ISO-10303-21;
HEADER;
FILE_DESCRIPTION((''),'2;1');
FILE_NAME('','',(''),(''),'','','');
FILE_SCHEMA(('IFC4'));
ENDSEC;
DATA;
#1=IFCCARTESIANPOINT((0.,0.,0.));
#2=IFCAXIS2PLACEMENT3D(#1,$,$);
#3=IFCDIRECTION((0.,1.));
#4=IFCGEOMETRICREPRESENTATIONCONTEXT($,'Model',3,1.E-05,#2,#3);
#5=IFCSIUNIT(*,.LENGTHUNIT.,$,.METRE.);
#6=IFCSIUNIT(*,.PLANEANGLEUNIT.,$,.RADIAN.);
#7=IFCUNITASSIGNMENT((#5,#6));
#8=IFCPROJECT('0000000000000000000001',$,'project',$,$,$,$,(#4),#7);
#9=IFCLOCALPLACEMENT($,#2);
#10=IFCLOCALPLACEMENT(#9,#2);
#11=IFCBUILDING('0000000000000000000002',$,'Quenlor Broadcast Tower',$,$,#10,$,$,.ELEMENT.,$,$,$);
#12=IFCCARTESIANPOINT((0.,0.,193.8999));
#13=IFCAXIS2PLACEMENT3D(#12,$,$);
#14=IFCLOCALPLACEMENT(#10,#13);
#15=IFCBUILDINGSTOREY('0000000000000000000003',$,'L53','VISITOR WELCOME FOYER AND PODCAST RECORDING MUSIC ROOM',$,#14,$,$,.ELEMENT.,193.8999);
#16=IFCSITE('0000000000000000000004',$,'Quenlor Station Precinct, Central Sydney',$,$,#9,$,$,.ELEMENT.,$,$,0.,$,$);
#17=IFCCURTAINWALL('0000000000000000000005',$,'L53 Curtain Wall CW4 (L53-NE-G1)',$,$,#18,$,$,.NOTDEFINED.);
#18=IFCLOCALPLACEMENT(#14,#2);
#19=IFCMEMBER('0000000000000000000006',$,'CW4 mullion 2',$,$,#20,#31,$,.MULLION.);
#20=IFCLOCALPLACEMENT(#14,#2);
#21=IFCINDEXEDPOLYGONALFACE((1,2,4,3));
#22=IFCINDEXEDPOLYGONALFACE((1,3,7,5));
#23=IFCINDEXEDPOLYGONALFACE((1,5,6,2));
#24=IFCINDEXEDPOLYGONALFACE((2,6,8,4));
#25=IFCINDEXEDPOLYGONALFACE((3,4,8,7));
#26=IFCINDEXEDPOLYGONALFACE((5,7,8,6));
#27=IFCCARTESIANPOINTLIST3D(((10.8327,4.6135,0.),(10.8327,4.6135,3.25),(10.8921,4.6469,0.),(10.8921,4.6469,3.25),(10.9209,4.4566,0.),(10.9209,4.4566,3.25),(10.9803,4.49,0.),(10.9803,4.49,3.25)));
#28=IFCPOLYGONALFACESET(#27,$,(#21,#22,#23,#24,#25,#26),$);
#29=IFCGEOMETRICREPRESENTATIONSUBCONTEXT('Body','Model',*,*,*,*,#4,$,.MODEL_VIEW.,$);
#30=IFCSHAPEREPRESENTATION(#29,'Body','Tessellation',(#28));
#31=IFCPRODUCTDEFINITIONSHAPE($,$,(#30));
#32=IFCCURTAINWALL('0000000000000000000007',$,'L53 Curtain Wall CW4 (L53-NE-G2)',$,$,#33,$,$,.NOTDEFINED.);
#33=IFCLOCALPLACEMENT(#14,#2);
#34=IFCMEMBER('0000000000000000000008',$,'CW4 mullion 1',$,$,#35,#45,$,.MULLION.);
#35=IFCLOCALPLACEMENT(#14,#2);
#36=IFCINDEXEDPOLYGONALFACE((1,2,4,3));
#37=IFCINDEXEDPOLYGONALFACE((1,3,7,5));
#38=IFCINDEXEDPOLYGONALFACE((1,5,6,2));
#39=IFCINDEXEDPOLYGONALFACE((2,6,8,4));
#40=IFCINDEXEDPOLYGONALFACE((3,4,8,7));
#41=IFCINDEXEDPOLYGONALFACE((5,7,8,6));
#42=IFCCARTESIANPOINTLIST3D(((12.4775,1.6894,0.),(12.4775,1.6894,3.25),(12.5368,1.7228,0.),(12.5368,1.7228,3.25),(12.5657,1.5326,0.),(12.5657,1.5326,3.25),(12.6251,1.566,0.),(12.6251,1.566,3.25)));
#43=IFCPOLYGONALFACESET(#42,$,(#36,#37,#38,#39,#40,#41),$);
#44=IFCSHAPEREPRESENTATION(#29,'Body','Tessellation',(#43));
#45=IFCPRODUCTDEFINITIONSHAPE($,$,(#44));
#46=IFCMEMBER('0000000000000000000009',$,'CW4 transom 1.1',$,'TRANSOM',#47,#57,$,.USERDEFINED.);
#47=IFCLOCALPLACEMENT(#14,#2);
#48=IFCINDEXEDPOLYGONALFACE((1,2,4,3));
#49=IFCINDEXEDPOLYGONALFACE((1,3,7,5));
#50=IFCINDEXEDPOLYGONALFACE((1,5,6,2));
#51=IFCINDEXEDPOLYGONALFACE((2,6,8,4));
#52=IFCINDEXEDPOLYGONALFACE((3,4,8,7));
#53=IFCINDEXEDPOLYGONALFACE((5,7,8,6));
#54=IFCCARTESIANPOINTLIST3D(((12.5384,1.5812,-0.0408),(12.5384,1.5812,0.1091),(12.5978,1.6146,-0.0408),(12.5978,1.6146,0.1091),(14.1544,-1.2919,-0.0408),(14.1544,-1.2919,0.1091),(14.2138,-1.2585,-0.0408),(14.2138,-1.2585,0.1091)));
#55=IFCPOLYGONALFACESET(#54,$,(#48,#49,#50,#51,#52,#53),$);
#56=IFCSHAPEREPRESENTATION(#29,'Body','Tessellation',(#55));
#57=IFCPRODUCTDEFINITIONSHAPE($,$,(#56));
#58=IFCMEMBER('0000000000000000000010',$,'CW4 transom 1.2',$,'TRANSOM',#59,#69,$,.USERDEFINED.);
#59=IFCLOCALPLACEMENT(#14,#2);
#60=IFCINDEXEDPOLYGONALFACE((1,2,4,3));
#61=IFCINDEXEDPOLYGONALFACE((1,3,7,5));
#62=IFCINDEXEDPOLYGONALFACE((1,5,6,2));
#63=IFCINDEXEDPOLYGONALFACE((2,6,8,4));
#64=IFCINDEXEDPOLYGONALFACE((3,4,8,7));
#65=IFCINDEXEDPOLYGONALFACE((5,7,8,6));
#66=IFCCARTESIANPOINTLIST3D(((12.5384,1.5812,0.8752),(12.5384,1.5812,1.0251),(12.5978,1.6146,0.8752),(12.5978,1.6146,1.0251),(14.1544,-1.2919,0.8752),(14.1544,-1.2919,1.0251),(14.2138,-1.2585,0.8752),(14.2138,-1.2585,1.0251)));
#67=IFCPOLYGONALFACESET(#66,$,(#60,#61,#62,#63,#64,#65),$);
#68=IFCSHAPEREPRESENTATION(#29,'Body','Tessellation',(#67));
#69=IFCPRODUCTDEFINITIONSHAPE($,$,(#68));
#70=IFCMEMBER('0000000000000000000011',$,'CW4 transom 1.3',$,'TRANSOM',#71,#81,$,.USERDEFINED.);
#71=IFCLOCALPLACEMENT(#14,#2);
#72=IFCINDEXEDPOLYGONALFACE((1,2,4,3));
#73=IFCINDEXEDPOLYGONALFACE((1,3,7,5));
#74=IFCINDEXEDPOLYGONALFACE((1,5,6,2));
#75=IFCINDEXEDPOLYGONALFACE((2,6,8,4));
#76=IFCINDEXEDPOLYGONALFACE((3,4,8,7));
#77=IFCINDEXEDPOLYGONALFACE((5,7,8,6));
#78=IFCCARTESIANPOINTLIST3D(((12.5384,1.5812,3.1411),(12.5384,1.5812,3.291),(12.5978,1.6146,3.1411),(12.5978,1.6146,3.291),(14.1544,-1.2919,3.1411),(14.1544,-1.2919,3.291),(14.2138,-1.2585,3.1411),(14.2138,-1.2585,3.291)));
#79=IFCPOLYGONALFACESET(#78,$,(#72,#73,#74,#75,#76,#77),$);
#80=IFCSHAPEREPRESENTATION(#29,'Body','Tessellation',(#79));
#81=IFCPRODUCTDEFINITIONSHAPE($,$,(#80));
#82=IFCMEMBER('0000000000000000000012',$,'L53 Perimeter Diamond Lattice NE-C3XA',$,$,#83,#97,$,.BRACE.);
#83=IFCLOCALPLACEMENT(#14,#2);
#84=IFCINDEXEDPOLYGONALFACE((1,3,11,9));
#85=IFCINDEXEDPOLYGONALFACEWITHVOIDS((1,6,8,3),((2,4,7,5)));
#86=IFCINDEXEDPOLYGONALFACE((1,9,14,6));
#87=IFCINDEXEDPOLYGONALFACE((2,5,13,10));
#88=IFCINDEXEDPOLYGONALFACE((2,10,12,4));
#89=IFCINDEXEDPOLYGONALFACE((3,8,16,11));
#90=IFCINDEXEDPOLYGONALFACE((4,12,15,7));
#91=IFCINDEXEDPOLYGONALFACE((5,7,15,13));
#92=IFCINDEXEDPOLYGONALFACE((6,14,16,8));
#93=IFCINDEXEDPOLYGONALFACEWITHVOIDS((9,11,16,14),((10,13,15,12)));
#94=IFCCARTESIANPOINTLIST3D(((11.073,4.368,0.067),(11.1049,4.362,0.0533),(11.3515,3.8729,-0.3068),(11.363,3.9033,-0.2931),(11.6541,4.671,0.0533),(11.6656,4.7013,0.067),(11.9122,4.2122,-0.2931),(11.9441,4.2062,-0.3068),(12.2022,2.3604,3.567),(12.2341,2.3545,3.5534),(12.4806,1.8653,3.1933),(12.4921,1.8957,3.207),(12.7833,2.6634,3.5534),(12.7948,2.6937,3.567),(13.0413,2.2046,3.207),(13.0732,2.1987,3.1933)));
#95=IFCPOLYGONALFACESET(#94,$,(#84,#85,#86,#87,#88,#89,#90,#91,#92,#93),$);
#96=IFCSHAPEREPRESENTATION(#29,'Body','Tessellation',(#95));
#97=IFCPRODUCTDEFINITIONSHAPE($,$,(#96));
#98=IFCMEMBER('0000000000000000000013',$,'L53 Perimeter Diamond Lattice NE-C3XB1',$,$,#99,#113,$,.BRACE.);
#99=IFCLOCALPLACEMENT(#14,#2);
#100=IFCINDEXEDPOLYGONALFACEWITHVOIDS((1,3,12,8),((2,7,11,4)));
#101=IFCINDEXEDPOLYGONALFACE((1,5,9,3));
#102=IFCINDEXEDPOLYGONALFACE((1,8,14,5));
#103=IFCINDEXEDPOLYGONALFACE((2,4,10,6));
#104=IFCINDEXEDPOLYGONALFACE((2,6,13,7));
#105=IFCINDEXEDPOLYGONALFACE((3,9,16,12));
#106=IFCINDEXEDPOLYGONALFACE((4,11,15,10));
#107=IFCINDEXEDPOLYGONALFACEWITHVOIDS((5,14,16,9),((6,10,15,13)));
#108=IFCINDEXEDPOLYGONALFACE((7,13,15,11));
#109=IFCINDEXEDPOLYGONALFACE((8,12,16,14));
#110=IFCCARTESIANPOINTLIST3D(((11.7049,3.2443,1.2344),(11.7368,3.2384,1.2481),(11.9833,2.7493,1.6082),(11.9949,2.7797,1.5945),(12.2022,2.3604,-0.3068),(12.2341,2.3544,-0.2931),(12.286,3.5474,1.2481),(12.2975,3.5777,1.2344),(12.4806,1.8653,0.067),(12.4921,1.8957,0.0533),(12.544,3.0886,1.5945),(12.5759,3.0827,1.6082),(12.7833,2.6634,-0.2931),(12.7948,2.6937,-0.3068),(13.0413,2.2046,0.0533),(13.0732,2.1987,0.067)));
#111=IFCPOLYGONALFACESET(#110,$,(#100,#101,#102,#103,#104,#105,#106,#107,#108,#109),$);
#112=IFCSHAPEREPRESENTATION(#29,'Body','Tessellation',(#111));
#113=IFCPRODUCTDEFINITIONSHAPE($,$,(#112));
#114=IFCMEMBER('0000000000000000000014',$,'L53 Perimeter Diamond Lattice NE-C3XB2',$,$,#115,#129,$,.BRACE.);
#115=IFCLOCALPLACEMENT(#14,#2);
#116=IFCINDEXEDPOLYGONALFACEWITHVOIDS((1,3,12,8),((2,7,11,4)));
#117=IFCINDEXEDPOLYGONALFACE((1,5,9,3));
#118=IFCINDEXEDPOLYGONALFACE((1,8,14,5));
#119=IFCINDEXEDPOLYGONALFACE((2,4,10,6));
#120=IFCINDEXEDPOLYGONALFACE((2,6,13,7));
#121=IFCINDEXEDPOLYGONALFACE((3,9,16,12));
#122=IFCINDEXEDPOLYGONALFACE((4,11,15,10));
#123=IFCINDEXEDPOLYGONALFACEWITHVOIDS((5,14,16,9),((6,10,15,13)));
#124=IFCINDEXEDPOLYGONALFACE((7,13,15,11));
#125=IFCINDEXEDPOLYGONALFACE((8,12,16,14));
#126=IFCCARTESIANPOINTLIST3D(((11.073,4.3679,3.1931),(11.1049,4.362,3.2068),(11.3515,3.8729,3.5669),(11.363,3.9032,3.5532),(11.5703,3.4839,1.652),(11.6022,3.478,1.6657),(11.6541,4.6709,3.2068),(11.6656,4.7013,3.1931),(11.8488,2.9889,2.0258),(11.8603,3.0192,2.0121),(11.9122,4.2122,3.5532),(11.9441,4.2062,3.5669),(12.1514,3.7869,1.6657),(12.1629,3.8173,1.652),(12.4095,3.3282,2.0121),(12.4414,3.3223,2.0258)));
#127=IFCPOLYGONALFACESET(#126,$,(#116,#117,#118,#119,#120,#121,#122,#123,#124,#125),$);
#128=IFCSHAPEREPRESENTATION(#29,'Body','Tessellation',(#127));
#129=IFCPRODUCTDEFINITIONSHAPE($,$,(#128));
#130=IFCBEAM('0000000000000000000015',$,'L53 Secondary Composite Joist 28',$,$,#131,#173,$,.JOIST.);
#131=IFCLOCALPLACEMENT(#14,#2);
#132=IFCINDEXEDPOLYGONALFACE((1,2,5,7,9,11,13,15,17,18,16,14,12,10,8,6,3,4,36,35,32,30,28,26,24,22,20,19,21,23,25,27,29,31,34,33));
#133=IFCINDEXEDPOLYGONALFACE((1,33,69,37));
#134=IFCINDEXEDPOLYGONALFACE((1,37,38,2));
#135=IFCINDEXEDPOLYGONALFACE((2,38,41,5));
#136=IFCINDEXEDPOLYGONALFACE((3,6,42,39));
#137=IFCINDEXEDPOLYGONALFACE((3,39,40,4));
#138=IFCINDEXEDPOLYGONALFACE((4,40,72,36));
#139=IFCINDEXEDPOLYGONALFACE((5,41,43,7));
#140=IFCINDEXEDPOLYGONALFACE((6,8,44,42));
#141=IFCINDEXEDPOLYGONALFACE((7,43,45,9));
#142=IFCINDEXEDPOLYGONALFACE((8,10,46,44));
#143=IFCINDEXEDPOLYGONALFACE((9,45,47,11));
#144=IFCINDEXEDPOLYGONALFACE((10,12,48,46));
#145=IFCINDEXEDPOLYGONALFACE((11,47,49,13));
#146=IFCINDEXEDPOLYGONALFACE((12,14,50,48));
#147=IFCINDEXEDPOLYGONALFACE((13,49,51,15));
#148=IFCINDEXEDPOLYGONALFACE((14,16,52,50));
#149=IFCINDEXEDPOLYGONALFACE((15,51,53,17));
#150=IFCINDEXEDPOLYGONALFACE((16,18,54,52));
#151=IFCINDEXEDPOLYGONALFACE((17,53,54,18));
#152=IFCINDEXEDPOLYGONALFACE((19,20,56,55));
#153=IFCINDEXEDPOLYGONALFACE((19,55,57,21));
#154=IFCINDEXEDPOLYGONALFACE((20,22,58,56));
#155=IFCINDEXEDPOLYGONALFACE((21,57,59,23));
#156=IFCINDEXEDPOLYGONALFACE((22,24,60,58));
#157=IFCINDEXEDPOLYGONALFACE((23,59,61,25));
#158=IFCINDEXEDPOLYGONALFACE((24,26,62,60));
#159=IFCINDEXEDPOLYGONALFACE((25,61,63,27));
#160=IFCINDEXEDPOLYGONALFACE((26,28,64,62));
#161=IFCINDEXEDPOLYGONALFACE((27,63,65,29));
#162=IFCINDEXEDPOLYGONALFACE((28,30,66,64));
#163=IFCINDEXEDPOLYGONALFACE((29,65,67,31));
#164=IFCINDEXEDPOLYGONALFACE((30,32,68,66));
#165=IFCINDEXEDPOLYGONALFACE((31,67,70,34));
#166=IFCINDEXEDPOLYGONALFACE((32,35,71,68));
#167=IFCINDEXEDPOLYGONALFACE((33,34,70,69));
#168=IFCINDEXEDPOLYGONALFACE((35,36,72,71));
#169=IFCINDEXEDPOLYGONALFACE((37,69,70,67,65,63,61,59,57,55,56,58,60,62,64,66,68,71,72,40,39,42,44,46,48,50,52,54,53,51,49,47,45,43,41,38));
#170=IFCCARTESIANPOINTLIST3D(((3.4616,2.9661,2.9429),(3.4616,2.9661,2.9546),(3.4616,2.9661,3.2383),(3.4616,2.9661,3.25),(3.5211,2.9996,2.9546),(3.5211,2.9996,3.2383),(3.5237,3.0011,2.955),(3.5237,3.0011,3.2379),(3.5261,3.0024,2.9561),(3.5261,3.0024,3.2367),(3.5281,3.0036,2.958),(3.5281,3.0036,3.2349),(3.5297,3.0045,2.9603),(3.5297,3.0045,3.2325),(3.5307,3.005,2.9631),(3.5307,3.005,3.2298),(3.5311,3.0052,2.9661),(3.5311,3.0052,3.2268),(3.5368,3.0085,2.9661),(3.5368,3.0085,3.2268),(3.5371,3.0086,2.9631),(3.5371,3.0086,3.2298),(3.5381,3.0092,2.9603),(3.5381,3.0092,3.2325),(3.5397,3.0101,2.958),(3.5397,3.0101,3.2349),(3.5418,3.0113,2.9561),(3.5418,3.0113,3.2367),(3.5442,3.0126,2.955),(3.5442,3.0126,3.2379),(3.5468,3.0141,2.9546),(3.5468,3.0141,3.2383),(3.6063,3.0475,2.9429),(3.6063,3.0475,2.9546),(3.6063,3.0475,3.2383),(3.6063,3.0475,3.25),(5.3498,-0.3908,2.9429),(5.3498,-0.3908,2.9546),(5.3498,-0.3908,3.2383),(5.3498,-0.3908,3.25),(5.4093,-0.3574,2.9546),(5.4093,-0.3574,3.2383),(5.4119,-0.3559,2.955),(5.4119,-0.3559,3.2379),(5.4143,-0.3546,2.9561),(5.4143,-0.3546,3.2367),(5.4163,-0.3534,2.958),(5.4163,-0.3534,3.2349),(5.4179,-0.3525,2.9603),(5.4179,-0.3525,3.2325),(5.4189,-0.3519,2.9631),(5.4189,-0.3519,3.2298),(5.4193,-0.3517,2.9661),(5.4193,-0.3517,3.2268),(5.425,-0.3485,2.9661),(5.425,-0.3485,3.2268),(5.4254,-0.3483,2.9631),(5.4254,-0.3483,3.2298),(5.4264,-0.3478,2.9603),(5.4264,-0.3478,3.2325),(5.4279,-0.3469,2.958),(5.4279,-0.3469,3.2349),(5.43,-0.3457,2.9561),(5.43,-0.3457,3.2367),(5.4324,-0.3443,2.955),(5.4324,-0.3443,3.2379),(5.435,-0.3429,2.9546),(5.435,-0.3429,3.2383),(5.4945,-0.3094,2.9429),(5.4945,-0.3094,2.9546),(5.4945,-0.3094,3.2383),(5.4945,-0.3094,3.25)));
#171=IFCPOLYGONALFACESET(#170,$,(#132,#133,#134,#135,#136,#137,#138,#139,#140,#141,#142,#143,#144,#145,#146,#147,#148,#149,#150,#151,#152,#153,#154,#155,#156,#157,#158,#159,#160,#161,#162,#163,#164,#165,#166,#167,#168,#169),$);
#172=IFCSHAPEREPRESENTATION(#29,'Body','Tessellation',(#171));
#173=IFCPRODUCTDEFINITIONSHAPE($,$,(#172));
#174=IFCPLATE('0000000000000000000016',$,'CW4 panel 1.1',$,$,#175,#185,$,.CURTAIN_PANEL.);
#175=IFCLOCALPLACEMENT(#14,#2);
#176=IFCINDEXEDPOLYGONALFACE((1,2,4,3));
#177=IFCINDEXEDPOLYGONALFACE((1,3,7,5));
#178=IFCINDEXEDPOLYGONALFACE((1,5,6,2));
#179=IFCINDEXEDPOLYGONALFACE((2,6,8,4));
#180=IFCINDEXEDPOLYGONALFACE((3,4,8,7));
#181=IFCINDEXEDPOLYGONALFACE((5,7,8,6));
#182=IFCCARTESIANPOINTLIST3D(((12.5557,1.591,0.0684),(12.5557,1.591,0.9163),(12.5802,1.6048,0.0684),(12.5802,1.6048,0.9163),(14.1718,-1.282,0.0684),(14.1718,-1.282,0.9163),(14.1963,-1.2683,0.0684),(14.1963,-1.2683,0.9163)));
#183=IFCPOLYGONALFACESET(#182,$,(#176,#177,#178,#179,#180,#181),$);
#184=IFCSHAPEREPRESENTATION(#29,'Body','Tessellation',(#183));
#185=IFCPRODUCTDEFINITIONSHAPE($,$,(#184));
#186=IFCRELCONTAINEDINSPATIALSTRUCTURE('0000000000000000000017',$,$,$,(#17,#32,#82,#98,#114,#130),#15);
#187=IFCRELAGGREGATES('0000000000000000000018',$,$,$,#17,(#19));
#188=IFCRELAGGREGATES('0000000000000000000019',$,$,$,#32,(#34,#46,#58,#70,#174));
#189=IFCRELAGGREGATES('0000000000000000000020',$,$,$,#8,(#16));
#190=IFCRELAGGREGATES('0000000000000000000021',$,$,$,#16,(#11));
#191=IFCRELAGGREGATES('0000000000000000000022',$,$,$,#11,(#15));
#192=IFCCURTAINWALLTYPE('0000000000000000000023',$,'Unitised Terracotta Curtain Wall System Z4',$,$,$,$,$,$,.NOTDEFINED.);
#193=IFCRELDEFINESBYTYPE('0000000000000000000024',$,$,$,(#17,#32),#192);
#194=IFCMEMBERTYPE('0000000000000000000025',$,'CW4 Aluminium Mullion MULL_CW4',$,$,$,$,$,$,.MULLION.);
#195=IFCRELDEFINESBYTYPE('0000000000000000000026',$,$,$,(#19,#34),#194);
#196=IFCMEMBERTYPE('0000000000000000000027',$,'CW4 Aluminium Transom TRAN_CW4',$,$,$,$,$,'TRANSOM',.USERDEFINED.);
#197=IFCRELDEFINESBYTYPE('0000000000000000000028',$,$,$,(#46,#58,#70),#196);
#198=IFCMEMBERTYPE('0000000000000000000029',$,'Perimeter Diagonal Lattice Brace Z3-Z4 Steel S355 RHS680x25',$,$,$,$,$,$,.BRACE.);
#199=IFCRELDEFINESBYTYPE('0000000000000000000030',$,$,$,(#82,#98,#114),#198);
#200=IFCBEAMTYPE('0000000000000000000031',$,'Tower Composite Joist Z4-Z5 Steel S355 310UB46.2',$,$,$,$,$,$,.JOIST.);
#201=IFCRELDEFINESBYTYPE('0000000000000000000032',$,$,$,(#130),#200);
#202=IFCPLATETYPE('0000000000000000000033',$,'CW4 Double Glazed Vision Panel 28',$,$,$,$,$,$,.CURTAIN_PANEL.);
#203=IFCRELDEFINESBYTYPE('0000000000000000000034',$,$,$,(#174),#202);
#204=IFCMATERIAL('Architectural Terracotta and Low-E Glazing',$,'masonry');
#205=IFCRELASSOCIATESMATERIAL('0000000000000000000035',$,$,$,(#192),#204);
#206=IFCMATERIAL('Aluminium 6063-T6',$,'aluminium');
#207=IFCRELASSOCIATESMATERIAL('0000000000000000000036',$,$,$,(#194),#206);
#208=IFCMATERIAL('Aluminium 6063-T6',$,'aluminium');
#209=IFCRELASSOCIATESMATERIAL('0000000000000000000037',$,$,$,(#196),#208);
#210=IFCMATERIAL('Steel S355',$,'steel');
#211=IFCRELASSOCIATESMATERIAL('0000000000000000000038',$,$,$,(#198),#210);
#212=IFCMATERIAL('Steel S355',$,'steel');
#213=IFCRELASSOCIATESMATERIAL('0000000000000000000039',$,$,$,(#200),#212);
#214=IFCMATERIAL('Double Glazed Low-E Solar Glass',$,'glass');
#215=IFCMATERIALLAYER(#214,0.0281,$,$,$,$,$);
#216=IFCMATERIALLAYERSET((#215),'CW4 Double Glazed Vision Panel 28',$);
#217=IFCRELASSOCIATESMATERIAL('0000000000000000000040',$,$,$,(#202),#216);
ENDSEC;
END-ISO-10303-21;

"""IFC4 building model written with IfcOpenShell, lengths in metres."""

from ifc_helpers import new_model, si_unit, direction, frame, origin, origin_2d, place, context, subcontext, project, spatial, rectangle, hollow_rectangle, i_section, extrude, material, layer, layer_set, material_profile, profile_set, type_object, element, aggregate, save


model = new_model("IFC4")

# Units and contexts
model_context = context("Model", 3, precision=1e-05, world=origin(), true_north=direction((0.0, 1.0)))
body_context = subcontext(model_context, "Body", "Model", "MODEL_VIEW")
ifc_project = project(units=[si_unit("LENGTHUNIT", "METRE"), si_unit("PLANEANGLEUNIT", "RADIAN")], contexts=[model_context])

# Site, building, storey
site_placement = place(None, origin())
site = spatial("IfcSite", under=ifc_project, at=site_placement, Name="Quenlor Station Precinct, Central Sydney", CompositionType="ELEMENT", RefElevation=0.0)
building_placement = place(site_placement, origin())
building = spatial("IfcBuilding", under=site, at=building_placement, Name="Quenlor Broadcast Tower", CompositionType="ELEMENT")
storey_placement = place(building_placement, frame((0.0, 0.0, 193.8999)))
storey = spatial("IfcBuildingStorey", under=building, at=storey_placement, Name="L53", Description="VISITOR WELCOME FOYER AND PODCAST RECORDING MUSIC ROOM", CompositionType="ELEMENT", Elevation=193.8999)

# Curtain wall, member
ifc_material_1 = material(Name="Architectural Terracotta and Low-E Glazing", Category="masonry")
curtain_wall_type = type_object("IfcCurtainWallType", Name="Unitised Terracotta Curtain Wall System Z4", PredefinedType="NOTDEFINED", material=ifc_material_1)
curtain_wall_1_placement = place(storey_placement, origin())
curtain_wall_1 = element("IfcCurtainWall", 1, at=curtain_wall_1_placement, inside=storey, type_object=curtain_wall_type, Name="L53 Curtain Wall CW4 (L53-NE-G1)", PredefinedType="NOTDEFINED")
ifc_material_2 = material(Name="Aluminium 6063-T6", Category="aluminium")
ifc_material_profile_1 = material_profile(ifc_material_2, rectangle(XDim=0.0681, YDim=0.1799, at=origin_2d()))
ifc_profile_set_1 = profile_set([ifc_material_profile_1], Name="Aluminium 6063-T6 MULL68x180")
member_type_1 = type_object("IfcMemberType", Name="CW4 Aluminium Mullion MULL_CW4", PredefinedType="MULLION", material=ifc_profile_set_1)
member_1_placement = place(storey_placement, frame((10.9065, 4.5518, 0.0), z_axis=(0.0, 0.0, 1.0), x_axis=(0.871578, 0.490257, 0.0)))
member_1 = element("IfcMember", 2, at=member_1_placement, type_object=member_type_1, Name="CW4 mullion 2", PredefinedType="MULLION", context=body_context, shape_type="SweptSolid", body=[
    extrude(rectangle(XDim=0.0681, YDim=0.1799, at=origin_2d()), origin(), (0.0, 0.0, 1.0), 3.25),
])
aggregate(curtain_wall_1, [member_1])

# Curtain wall, members
curtain_wall_2_placement = place(storey_placement, origin())
curtain_wall_2 = element("IfcCurtainWall", 3, at=curtain_wall_2_placement, inside=storey, type_object=curtain_wall_type, Name="L53 Curtain Wall CW4 (L53-NE-G2)", PredefinedType="NOTDEFINED")
member_2_placement = place(storey_placement, frame((12.5513, 1.6277, 0.0), z_axis=(0.0, 0.0, 1.0), x_axis=(0.871578, 0.490257, 0.0)))
member_2 = element("IfcMember", 4, at=member_2_placement, type_object=member_type_1, Name="CW4 mullion 1", PredefinedType="MULLION", context=body_context, shape_type="SweptSolid", body=[
    extrude(rectangle(XDim=0.0681, YDim=0.1799, at=origin_2d()), origin(), (0.0, 0.0, 1.0), 3.25),
])
ifc_material_3 = material(Name="Aluminium 6063-T6", Category="aluminium")
ifc_material_profile_2 = material_profile(ifc_material_3, rectangle(XDim=0.0681, YDim=0.1499, at=origin_2d()))
ifc_profile_set_2 = profile_set([ifc_material_profile_2], Name="Aluminium 6063-T6 TRAN68x150")
member_type_2 = type_object("IfcMemberType", Name="CW4 Aluminium Transom TRAN_CW4", ElementType="TRANSOM", PredefinedType="USERDEFINED", material=ifc_profile_set_2)
member_3_placement = place(storey_placement, frame((12.5681, 1.5979, 0.0342), z_axis=(0.490233, -0.871591, 0.0), x_axis=(0.871591, 0.490233, 0.0)))
member_3 = element("IfcMember", 5, at=member_3_placement, type_object=member_type_2, Name="CW4 transom 1.1", ObjectType="TRANSOM", PredefinedType="USERDEFINED", context=body_context, shape_type="SweptSolid", body=[
    extrude(rectangle(XDim=0.0681, YDim=0.1499, at=origin_2d()), origin(), (0.0, 0.0, 1.0), 3.2964),
])
member_4_placement = place(storey_placement, frame((12.5681, 1.5979, 0.9502), z_axis=(0.490233, -0.871591, 0.0), x_axis=(0.871591, 0.490233, 0.0)))
member_4 = element("IfcMember", 6, at=member_4_placement, type_object=member_type_2, Name="CW4 transom 1.2", ObjectType="TRANSOM", PredefinedType="USERDEFINED", context=body_context, shape_type="SweptSolid", body=[
    extrude(rectangle(XDim=0.0681, YDim=0.1499, at=origin_2d()), origin(), (0.0, 0.0, 1.0), 3.2964),
])
member_5_placement = place(storey_placement, frame((12.5681, 1.5979, 3.2161), z_axis=(0.490233, -0.871591, 0.0), x_axis=(0.871591, 0.490233, 0.0)))
member_5 = element("IfcMember", 7, at=member_5_placement, type_object=member_type_2, Name="CW4 transom 1.3", ObjectType="TRANSOM", PredefinedType="USERDEFINED", context=body_context, shape_type="SweptSolid", body=[
    extrude(rectangle(XDim=0.0681, YDim=0.1499, at=origin_2d()), origin(), (0.0, 0.0, 1.0), 3.2964),
])

# Members
ifc_material_4 = material(Name="Steel S355", Category="steel")
ifc_material_profile_3 = material_profile(ifc_material_4, hollow_rectangle(XDim=0.6799, YDim=0.6799, WallThickness=0.0249, at=origin_2d()))
ifc_profile_set_3 = profile_set([ifc_material_profile_3], Name="Steel S355 RHS680x680x25")
member_type_3 = type_object("IfcMemberType", Name="Perimeter Diagonal Lattice Brace Z3-Z4 Steel S355 RHS680x25", PredefinedType="BRACE", material=ifc_profile_set_3)
member_6_placement = place(storey_placement, frame((11.5085, 4.2871, -0.1199), z_axis=(0.269493, -0.479144, 0.835341), x_axis=(0.871595, 0.490226, 0.0)))
element("IfcMember", 8, at=member_6_placement, inside=storey, type_object=member_type_3, Name="L53 Perimeter Diamond Lattice NE-C3XA", PredefinedType="BRACE", context=body_context, shape_type="SweptSolid", body=[
    extrude(hollow_rectangle(XDim=0.6799, YDim=0.6799, WallThickness=0.0249, at=origin_2d()), origin(), (0.0, 0.0, 1.0), 4.1899),
])
for number, where, z_axis, x_axis, name in (
    (9, (12.6377, 2.2795, -0.1199), (-0.269536, 0.47913, 0.835335), (-0.871556, -0.490296, 0.0), "L53 Perimeter Diamond Lattice NE-C3XB1"),
    (10, (12.0059, 3.4031, 1.8389), (-0.269536, 0.47913, 0.835335), (-0.871556, -0.490296, 0.0), "L53 Perimeter Diamond Lattice NE-C3XB2"),
):
    element("IfcMember", number, at=place(storey_placement, frame(where, z_axis=z_axis, x_axis=x_axis)), inside=storey, type_object=member_type_3, Name=name, PredefinedType="BRACE", context=body_context, shape_type="SweptSolid", body=[
        extrude(hollow_rectangle(XDim=0.6799, YDim=0.6799, WallThickness=0.0249, at=origin_2d()), origin(), (0.0, 0.0, 1.0), 1.845),
    ])

# Beam
ifc_material_5 = material(Name="Steel S355", Category="steel")
ifc_material_profile_4 = material_profile(ifc_material_5, i_section(OverallWidth=0.166, OverallDepth=0.3071, WebThickness=0.0066, FlangeThickness=0.0117, FilletRadius=0.0115, at=origin_2d()))
ifc_profile_set_4 = profile_set([ifc_material_profile_4], Name="Steel S355 310UB46.2")
beam_type = type_object("IfcBeamType", Name="Tower Composite Joist Z4-Z5 Steel S355 310UB46.2", PredefinedType="JOIST", material=ifc_profile_set_4)
beam_placement = place(storey_placement, frame((3.5339, 3.0068, 3.0964), z_axis=(0.490243, -0.871586, 0.0), x_axis=(0.871586, 0.490243, 0.0)))
element("IfcBeam", 11, at=beam_placement, inside=storey, type_object=beam_type, Name="L53 Secondary Composite Joist 28", PredefinedType="JOIST", context=body_context, shape_type="SweptSolid", body=[
    extrude(i_section(OverallWidth=0.166, OverallDepth=0.3071, WebThickness=0.0066, FlangeThickness=0.0117, FilletRadius=0.0115, at=origin_2d()), origin(), (0.0, 0.0, 1.0), 3.8516),
])

# Plate
ifc_material_6 = material(Name="Double Glazed Low-E Solar Glass", Category="glass")
ifc_layer_1 = layer(ifc_material_6, 0.0281)
ifc_layer_set_1 = layer_set([ifc_layer_1], Name="CW4 Double Glazed Vision Panel 28")
plate_type_1 = type_object("IfcPlateType", Name="CW4 Double Glazed Vision Panel 28", PredefinedType="CURTAIN_PANEL", material=ifc_layer_set_1)
plate_1_placement = place(storey_placement, frame((13.376, 0.1614, 0.0684), z_axis=(0.0, 0.0, 1.0), x_axis=(0.490257, -0.871578, 0.0)))
plate_1 = element("IfcPlate", 12, at=plate_1_placement, type_object=plate_type_1, Name="CW4 panel 1.1", PredefinedType="CURTAIN_PANEL", context=body_context, shape_type="SweptSolid", body=[
    extrude(rectangle(XDim=3.2964, YDim=0.0281, at=origin_2d()), origin(), (0.0, 0.0, 1.0), 0.8479),
])
aggregate(curtain_wall_2, [member_2, member_3, member_4, member_5, plate_1])

save(model, "model.ifc")
